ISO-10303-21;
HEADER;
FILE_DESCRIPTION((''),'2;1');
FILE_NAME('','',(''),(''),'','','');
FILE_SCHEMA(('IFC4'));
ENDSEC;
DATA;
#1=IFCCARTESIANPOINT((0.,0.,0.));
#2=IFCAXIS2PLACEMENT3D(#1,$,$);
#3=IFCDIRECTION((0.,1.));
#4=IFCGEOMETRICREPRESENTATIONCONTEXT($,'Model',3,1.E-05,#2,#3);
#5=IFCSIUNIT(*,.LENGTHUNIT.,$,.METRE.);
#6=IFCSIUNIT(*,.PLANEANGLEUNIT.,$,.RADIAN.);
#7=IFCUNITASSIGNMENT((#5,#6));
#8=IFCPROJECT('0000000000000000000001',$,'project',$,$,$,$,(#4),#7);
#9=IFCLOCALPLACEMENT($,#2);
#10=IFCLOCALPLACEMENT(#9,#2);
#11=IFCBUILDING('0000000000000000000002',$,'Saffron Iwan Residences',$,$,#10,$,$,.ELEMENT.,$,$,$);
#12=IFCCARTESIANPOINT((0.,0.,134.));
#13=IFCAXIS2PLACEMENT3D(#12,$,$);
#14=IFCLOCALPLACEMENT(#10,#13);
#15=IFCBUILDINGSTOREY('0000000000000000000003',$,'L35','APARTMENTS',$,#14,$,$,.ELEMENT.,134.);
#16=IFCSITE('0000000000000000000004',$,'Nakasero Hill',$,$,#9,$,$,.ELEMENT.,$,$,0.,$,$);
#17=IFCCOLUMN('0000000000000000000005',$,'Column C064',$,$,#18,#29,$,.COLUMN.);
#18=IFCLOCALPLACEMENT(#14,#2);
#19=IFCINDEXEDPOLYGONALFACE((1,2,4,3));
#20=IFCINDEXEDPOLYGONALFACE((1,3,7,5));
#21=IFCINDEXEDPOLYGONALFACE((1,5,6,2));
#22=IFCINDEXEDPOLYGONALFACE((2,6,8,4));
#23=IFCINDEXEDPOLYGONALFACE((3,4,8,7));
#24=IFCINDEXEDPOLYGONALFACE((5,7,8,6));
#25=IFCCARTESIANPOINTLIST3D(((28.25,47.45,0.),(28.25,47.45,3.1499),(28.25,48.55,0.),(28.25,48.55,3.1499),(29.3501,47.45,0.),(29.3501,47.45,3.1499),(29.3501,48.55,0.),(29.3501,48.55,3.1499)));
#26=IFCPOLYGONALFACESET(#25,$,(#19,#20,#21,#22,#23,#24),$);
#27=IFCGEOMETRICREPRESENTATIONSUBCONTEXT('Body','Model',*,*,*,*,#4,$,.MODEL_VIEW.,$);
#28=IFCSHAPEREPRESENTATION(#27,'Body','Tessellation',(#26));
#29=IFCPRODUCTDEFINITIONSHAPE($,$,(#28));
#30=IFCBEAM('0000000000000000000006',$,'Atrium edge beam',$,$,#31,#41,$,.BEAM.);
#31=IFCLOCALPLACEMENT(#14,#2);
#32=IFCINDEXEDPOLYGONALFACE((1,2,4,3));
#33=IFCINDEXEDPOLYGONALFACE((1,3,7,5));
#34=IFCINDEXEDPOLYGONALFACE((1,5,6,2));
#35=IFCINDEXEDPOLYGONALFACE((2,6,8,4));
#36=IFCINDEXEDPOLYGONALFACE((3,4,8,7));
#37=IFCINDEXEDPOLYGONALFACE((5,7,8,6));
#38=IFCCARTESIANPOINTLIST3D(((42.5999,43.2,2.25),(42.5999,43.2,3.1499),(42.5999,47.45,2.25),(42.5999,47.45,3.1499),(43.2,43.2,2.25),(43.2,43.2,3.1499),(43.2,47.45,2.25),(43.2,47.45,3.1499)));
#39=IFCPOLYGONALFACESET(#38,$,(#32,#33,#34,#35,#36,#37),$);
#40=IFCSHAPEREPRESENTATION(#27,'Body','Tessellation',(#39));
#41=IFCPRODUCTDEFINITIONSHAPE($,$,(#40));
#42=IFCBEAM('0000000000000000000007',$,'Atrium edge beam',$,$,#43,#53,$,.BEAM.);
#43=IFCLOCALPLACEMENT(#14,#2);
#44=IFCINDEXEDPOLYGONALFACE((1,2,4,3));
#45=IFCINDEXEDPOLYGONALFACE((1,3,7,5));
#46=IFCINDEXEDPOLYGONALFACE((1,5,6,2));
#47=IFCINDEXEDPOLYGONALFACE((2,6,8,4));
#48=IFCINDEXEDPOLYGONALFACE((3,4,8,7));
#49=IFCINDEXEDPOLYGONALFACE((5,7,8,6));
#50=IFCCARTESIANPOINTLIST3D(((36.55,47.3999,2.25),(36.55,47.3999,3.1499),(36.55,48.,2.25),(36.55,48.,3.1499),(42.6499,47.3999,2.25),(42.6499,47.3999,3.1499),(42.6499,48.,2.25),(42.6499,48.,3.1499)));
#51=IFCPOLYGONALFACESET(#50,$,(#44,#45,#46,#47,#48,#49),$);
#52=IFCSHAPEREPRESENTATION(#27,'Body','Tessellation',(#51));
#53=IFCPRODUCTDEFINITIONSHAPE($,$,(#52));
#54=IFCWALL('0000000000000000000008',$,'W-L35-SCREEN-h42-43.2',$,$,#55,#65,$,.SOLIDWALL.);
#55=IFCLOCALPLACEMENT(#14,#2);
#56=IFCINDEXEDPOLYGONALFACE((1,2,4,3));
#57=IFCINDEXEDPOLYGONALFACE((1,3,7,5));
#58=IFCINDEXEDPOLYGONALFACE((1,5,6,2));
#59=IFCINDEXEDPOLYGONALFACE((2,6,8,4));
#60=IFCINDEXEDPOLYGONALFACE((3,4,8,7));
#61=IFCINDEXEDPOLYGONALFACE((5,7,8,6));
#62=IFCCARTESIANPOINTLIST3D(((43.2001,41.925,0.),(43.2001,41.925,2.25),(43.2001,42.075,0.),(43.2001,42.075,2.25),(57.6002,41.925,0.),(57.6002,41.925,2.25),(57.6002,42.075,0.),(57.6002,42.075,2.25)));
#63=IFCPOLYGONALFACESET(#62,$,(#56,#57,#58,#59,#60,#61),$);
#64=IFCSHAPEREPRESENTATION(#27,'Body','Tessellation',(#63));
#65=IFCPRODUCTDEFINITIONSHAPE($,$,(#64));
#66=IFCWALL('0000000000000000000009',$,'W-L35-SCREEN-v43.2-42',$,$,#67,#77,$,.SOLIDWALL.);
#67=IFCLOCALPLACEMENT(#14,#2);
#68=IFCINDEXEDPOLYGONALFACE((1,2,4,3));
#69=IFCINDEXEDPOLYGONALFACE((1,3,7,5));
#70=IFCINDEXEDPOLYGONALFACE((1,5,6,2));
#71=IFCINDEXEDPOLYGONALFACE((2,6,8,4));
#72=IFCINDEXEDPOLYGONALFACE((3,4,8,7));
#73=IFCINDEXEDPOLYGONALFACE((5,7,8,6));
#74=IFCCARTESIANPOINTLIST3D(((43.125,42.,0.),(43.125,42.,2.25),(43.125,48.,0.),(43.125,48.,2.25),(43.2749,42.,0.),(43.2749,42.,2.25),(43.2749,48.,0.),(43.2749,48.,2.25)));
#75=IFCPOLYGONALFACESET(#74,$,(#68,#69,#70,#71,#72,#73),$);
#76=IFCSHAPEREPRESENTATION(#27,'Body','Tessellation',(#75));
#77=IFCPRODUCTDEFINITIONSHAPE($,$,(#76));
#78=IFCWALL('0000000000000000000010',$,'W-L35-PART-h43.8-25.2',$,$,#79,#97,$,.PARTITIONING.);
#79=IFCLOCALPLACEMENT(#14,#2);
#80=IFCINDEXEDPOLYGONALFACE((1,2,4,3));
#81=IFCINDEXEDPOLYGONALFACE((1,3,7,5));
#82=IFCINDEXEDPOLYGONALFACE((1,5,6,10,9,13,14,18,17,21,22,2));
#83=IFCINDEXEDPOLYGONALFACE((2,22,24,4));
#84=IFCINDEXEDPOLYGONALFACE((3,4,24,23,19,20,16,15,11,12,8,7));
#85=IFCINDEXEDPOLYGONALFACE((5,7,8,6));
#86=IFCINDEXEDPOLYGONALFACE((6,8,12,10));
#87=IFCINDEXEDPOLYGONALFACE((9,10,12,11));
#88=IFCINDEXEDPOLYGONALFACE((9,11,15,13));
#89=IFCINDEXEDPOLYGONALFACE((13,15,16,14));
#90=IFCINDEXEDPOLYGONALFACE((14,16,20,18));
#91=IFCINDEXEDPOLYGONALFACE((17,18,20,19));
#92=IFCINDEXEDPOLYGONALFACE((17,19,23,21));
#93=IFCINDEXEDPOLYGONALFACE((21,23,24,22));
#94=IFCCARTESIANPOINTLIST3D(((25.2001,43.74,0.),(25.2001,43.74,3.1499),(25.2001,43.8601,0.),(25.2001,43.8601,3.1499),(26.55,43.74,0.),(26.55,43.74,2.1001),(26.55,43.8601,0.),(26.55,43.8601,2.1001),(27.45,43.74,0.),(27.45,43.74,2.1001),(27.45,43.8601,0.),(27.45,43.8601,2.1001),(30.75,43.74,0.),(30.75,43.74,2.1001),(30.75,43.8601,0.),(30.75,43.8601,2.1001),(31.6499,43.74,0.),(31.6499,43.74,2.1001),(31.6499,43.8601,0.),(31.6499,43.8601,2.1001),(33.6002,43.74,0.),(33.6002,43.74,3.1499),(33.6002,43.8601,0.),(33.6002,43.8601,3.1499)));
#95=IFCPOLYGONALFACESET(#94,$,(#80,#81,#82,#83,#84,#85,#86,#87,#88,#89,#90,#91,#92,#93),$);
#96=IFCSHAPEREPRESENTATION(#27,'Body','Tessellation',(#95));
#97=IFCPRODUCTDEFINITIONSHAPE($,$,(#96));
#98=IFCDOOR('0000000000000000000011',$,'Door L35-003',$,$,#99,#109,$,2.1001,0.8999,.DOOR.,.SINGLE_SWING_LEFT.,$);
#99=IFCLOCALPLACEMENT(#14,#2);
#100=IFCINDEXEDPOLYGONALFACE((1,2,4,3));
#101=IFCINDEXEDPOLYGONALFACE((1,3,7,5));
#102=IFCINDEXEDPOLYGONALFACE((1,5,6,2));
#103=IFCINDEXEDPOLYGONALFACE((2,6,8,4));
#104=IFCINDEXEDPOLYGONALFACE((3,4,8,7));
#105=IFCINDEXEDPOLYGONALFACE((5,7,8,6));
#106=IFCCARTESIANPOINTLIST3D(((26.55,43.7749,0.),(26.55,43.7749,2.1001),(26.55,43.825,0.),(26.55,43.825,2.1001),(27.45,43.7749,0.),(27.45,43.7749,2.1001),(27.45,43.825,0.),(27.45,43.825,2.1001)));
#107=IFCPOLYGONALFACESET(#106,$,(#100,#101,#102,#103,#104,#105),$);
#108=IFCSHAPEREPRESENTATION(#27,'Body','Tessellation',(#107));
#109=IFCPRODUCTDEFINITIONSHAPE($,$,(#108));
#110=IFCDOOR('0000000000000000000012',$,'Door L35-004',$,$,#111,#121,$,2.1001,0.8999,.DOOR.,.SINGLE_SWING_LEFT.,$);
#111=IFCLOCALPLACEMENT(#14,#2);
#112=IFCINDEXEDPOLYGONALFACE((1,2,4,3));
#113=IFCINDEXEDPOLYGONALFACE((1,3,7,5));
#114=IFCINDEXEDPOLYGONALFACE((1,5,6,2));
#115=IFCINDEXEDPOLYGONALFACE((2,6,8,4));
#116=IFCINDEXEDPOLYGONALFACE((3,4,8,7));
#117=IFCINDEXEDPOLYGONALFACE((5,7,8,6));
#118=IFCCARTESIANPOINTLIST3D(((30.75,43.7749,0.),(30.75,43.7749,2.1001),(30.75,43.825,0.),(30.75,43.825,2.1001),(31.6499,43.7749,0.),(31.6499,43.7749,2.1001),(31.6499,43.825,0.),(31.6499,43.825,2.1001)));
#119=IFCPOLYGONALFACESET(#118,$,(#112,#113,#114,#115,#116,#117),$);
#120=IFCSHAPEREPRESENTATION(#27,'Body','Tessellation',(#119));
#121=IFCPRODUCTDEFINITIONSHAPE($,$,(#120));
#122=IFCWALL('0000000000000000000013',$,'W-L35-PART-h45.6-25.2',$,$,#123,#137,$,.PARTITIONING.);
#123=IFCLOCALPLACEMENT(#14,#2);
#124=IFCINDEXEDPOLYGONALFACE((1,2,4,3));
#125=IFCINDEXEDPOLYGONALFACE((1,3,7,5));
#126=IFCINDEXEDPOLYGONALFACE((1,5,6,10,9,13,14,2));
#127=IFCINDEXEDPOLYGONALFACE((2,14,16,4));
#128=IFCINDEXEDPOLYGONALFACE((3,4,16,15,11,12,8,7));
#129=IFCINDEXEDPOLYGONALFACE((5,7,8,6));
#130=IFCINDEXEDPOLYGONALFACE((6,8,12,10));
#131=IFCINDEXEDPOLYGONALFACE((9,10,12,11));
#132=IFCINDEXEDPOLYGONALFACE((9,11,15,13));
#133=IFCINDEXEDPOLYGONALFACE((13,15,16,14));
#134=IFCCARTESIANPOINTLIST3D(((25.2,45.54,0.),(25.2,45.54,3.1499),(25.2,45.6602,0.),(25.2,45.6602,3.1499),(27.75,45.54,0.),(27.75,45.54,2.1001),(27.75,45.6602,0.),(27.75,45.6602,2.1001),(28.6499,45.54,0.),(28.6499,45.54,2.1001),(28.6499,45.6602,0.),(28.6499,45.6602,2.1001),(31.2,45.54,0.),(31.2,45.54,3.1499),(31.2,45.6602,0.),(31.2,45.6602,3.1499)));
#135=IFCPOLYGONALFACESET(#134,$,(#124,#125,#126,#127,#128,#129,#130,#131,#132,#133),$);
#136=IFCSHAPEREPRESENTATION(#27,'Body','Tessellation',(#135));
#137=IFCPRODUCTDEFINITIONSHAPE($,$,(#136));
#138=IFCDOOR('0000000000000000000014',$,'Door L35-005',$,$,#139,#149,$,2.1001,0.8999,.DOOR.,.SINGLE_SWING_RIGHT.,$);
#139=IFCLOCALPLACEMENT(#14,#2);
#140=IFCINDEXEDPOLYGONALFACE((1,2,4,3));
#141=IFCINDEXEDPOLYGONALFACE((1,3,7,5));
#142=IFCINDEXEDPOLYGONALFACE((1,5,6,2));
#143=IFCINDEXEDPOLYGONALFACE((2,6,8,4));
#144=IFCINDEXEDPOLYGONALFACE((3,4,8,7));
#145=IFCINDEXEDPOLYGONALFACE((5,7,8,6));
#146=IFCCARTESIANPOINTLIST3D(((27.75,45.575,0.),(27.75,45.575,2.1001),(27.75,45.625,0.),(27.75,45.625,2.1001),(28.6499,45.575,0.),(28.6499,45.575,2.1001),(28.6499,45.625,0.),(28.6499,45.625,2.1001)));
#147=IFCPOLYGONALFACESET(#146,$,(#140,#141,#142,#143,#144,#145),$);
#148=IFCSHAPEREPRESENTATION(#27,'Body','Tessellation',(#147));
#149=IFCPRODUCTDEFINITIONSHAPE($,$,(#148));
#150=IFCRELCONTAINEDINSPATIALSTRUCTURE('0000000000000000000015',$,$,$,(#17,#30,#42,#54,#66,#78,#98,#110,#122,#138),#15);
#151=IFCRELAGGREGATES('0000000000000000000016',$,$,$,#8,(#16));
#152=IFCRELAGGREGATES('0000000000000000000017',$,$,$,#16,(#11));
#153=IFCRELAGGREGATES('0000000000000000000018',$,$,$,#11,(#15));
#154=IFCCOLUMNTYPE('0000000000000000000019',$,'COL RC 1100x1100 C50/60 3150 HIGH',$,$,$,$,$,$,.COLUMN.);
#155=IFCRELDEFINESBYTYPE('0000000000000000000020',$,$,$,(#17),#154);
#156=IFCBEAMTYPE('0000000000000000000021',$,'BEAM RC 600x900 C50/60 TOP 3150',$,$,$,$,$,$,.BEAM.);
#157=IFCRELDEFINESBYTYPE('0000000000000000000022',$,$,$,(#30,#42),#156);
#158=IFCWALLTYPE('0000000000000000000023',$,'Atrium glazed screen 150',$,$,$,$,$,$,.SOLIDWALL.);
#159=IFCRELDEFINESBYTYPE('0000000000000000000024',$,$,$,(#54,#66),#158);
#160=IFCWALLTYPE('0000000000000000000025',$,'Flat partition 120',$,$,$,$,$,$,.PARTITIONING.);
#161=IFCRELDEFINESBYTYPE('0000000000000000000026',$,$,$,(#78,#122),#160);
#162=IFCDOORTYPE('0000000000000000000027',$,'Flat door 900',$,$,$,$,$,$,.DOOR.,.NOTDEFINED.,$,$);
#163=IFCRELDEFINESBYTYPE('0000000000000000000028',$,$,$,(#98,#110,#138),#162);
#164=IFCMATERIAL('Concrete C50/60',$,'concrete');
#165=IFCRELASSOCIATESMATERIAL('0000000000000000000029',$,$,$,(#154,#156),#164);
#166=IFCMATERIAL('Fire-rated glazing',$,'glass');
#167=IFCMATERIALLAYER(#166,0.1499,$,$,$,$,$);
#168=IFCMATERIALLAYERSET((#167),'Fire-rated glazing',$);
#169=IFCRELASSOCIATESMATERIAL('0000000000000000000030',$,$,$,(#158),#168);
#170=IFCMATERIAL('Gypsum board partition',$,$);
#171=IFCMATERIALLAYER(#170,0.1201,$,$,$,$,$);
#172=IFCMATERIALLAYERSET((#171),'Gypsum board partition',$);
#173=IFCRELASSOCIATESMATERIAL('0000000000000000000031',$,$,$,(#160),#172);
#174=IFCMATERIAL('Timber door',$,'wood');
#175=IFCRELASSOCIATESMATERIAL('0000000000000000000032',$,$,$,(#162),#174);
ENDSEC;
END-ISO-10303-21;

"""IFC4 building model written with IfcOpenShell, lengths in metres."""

from ifc_helpers import new_model, si_unit, direction, frame, frame_2d, origin, origin_2d, place, context, subcontext, project, spatial, rectangle, extrude, source, transform, mapped, material, layer, layer_set, material_profile, profile_set, type_object, element, fill, save


model = new_model("IFC4")

# Units and contexts
model_context = context("Model", 3, precision=1e-05, world=origin(), true_north=direction((0.0, 1.0)))
body_context = subcontext(model_context, "Body", "Model", "MODEL_VIEW")
ifc_project = project(units=[si_unit("LENGTHUNIT", "METRE"), si_unit("PLANEANGLEUNIT", "RADIAN")], contexts=[model_context])

# Site, building, storey
site_placement = place(None, origin())
site = spatial("IfcSite", under=ifc_project, at=site_placement, Name="Nakasero Hill", CompositionType="ELEMENT", RefElevation=0.0)
building_placement = place(site_placement, origin())
building = spatial("IfcBuilding", under=site, at=building_placement, Name="Saffron Iwan Residences", CompositionType="ELEMENT")
storey_placement = place(building_placement, frame((0.0, 0.0, 134.0)))
storey = spatial("IfcBuildingStorey", under=building, at=storey_placement, Name="L35", Description="APARTMENTS", CompositionType="ELEMENT", Elevation=134.0)

# Column
ifc_material_1 = material(Name="Concrete C50/60", Category="concrete")
ifc_material_profile_1 = material_profile(ifc_material_1, rectangle(XDim=1.1001, YDim=1.1001, at=origin_2d()), Name="RC 1100x1100")
ifc_profile_set_1 = profile_set([ifc_material_profile_1], Name="Concrete C50/60")
column_type = type_object("IfcColumnType", Name="COL RC 1100x1100 C50/60 3150 HIGH", PredefinedType="COLUMN", material=ifc_profile_set_1)
shared_shape_1 = source(origin(), body_context, "Body", "SweptSolid", [
    extrude(rectangle(XDim=1.1001, YDim=1.1001, at=origin_2d()), origin(), (0.0, 0.0, 1.0), 3.1499),
])
column_placement = place(storey_placement, frame((28.8, 48.0, 0.0), z_axis=(0.0, 0.0, 1.0), x_axis=(1.0, 0.0, 0.0)))
element("IfcColumn", 1, at=column_placement, inside=storey, type_object=column_type, Name="Column C064", PredefinedType="COLUMN", context=body_context, shape_type="MappedRepresentation", body=[
    mapped(shared_shape_1, transform((0.0, 0.0, 0.0))),
])

# Beams
ifc_material_profile_2 = material_profile(ifc_material_1, rectangle(XDim=0.6001, YDim=0.8999, at=origin_2d()), Name="RC 600x900")
ifc_profile_set_2 = profile_set([ifc_material_profile_2], Name="Concrete C50/60")
beam_type = type_object("IfcBeamType", Name="BEAM RC 600x900 C50/60 TOP 3150", PredefinedType="BEAM", material=ifc_profile_set_2)
shared_shape_2 = source(origin(), body_context, "Body", "SweptSolid", [
    extrude(rectangle(XDim=0.6001, YDim=0.8999, at=origin_2d()), origin(), (0.0, 0.0, 1.0), 4.25),
])
beam_1_placement = place(storey_placement, frame((42.8999, 43.2, 2.7), z_axis=(0.0, 1.0, 0.0), x_axis=(-1.0, 0.0, 0.0)))
element("IfcBeam", 2, at=beam_1_placement, inside=storey, type_object=beam_type, Name="Atrium edge beam", PredefinedType="BEAM", context=body_context, shape_type="MappedRepresentation", body=[
    mapped(shared_shape_2, transform((0.0, 0.0, 0.0))),
])
shared_shape_3 = source(origin(), body_context, "Body", "SweptSolid", [
    extrude(rectangle(XDim=0.6001, YDim=0.8999, at=origin_2d()), origin(), (0.0, 0.0, 1.0), 6.0999),
])
beam_2_placement = place(storey_placement, frame((42.6499, 47.7, 2.7), z_axis=(-1.0, 0.0, 0.0), x_axis=(0.0, -1.0, 0.0)))
element("IfcBeam", 3, at=beam_2_placement, inside=storey, type_object=beam_type, Name="Atrium edge beam", PredefinedType="BEAM", context=body_context, shape_type="MappedRepresentation", body=[
    mapped(shared_shape_3, transform((0.0, 0.0, 0.0))),
])

# Walls
ifc_material_2 = material(Name="Fire-rated glazing", Category="glass")
ifc_layer_1 = layer(ifc_material_2, 0.1499)
ifc_layer_set_1 = layer_set([ifc_layer_1], Name="Fire-rated glazing")
wall_type_1 = type_object("IfcWallType", Name="Atrium glazed screen 150", PredefinedType="SOLIDWALL", material=ifc_layer_set_1)
wall_1_placement = place(storey_placement, frame((43.2, 42.0, 0.0), z_axis=(0.0, 0.0, 1.0), x_axis=(1.0, 0.0, 0.0)))
element("IfcWall", 4, at=wall_1_placement, inside=storey, type_object=wall_type_1, Name="W-L35-SCREEN-h42-43.2", PredefinedType="SOLIDWALL", context=body_context, shape_type="SweptSolid", body=[
    extrude(rectangle(XDim=14.4001, YDim=0.1499, at=frame_2d((7.2002, 0.0))), origin(), (0.0, 0.0, 1.0), 2.25),
])
wall_2_placement = place(storey_placement, frame((43.2, 42.0, 0.0), z_axis=(0.0, 0.0, 1.0), x_axis=(0.0, 1.0, 0.0)))
element("IfcWall", 5, at=wall_2_placement, inside=storey, type_object=wall_type_1, Name="W-L35-SCREEN-v43.2-42", PredefinedType="SOLIDWALL", context=body_context, shape_type="SweptSolid", body=[
    extrude(rectangle(XDim=6.0, YDim=0.1499, at=frame_2d((3.0, 0.0))), origin(), (0.0, 0.0, 1.0), 2.25),
])

# Wall, openings, doors
ifc_material_3 = material(Name="Gypsum board partition")
ifc_layer_2 = layer(ifc_material_3, 0.1201)
ifc_layer_set_2 = layer_set([ifc_layer_2], Name="Gypsum board partition")
wall_type_2 = type_object("IfcWallType", Name="Flat partition 120", PredefinedType="PARTITIONING", material=ifc_layer_set_2)
wall_3_placement = place(storey_placement, frame((25.2, 43.8, 0.0), z_axis=(0.0, 0.0, 1.0), x_axis=(1.0, 0.0, 0.0)))
wall_3 = element("IfcWall", 6, at=wall_3_placement, inside=storey, type_object=wall_type_2, Name="W-L35-PART-h43.8-25.2", PredefinedType="PARTITIONING", context=body_context, shape_type="SweptSolid", body=[
    extrude(rectangle(XDim=8.4001, YDim=0.1201, at=frame_2d((4.2002, 0.0))), origin(), (0.0, 0.0, 1.0), 3.1499),
])
opening_1_placement = place(wall_3_placement, frame((1.3501, 0.0, 0.0)))
opening_1 = element("IfcOpeningElement", 7, at=opening_1_placement, cuts=wall_3, PredefinedType="OPENING", context=body_context, shape_type="SweptSolid", body=[
    extrude(rectangle(XDim=0.8999, YDim=2.1001, at=frame_2d((0.45, 1.05))), frame((0.0, 0.0701, 0.0), z_axis=(0.0, -1.0, 0.0), x_axis=(1.0, 0.0, 0.0)), (0.0, 0.0, 1.0), 0.1401),
])
opening_2_placement = place(wall_3_placement, frame((5.55, 0.0, 0.0)))
opening_2 = element("IfcOpeningElement", 8, at=opening_2_placement, cuts=wall_3, PredefinedType="OPENING", context=body_context, shape_type="SweptSolid", body=[
    extrude(rectangle(XDim=0.8999, YDim=2.1001, at=frame_2d((0.45, 1.05))), frame((0.0, 0.0701, 0.0), z_axis=(0.0, -1.0, 0.0), x_axis=(1.0, 0.0, 0.0)), (0.0, 0.0, 1.0), 0.1401),
])
ifc_material_4 = material(Name="Timber door", Category="wood")
door_type_1 = type_object("IfcDoorType", Name="Flat door 900", OperationType="NOTDEFINED", PredefinedType="DOOR", material=ifc_material_4)
door_1_placement = place(opening_1_placement, origin())
door_1 = element("IfcDoor", 9, at=door_1_placement, inside=storey, type_object=door_type_1, Name="Door L35-003", OperationType="SINGLE_SWING_LEFT", OverallHeight=2.1001, OverallWidth=0.8999, PredefinedType="DOOR", context=body_context, shape_type="SweptSolid", body=[
    extrude(rectangle(XDim=0.8999, YDim=2.1001, at=frame_2d((0.45, 1.05))), frame((0.0, 0.0249, 0.0), z_axis=(0.0, -1.0, 0.0), x_axis=(1.0, 0.0, 0.0)), (0.0, 0.0, 1.0), 0.05),
])
fill(opening_1, door_1)
door_2_placement = place(opening_2_placement, origin())
door_2 = element("IfcDoor", 10, at=door_2_placement, inside=storey, type_object=door_type_1, Name="Door L35-004", OperationType="SINGLE_SWING_LEFT", OverallHeight=2.1001, OverallWidth=0.8999, PredefinedType="DOOR", context=body_context, shape_type="SweptSolid", body=[
    extrude(rectangle(XDim=0.8999, YDim=2.1001, at=frame_2d((0.45, 1.05))), frame((0.0, 0.0249, 0.0), z_axis=(0.0, -1.0, 0.0), x_axis=(1.0, 0.0, 0.0)), (0.0, 0.0, 1.0), 0.05),
])
fill(opening_2, door_2)

# Wall, opening, door
wall_4_placement = place(storey_placement, frame((25.2, 45.6001, 0.0), z_axis=(0.0, 0.0, 1.0), x_axis=(1.0, 0.0, 0.0)))
wall_4 = element("IfcWall", 11, at=wall_4_placement, inside=storey, type_object=wall_type_2, Name="W-L35-PART-h45.6-25.2", PredefinedType="PARTITIONING", context=body_context, shape_type="SweptSolid", body=[
    extrude(rectangle(XDim=6.0, YDim=0.1201, at=frame_2d((3.0, 0.0))), origin(), (0.0, 0.0, 1.0), 3.1499),
])
opening_3_placement = place(wall_4_placement, frame((2.55, 0.0, 0.0)))
opening_3 = element("IfcOpeningElement", 12, at=opening_3_placement, cuts=wall_4, PredefinedType="OPENING", context=body_context, shape_type="SweptSolid", body=[
    extrude(rectangle(XDim=0.8999, YDim=2.1001, at=frame_2d((0.45, 1.05))), frame((0.0, 0.0701, 0.0), z_axis=(0.0, -1.0, 0.0), x_axis=(1.0, 0.0, 0.0)), (0.0, 0.0, 1.0), 0.1401),
])
door_3_placement = place(opening_3_placement, origin())
door_3 = element("IfcDoor", 13, at=door_3_placement, inside=storey, type_object=door_type_1, Name="Door L35-005", OperationType="SINGLE_SWING_RIGHT", OverallHeight=2.1001, OverallWidth=0.8999, PredefinedType="DOOR", context=body_context, shape_type="SweptSolid", body=[
    extrude(rectangle(XDim=0.8999, YDim=2.1001, at=frame_2d((0.45, 1.05))), frame((0.0, 0.0249, 0.0), z_axis=(0.0, -1.0, 0.0), x_axis=(1.0, 0.0, 0.0)), (0.0, 0.0, 1.0), 0.05),
])
fill(opening_3, door_3)

save(model, "model.ifc")
